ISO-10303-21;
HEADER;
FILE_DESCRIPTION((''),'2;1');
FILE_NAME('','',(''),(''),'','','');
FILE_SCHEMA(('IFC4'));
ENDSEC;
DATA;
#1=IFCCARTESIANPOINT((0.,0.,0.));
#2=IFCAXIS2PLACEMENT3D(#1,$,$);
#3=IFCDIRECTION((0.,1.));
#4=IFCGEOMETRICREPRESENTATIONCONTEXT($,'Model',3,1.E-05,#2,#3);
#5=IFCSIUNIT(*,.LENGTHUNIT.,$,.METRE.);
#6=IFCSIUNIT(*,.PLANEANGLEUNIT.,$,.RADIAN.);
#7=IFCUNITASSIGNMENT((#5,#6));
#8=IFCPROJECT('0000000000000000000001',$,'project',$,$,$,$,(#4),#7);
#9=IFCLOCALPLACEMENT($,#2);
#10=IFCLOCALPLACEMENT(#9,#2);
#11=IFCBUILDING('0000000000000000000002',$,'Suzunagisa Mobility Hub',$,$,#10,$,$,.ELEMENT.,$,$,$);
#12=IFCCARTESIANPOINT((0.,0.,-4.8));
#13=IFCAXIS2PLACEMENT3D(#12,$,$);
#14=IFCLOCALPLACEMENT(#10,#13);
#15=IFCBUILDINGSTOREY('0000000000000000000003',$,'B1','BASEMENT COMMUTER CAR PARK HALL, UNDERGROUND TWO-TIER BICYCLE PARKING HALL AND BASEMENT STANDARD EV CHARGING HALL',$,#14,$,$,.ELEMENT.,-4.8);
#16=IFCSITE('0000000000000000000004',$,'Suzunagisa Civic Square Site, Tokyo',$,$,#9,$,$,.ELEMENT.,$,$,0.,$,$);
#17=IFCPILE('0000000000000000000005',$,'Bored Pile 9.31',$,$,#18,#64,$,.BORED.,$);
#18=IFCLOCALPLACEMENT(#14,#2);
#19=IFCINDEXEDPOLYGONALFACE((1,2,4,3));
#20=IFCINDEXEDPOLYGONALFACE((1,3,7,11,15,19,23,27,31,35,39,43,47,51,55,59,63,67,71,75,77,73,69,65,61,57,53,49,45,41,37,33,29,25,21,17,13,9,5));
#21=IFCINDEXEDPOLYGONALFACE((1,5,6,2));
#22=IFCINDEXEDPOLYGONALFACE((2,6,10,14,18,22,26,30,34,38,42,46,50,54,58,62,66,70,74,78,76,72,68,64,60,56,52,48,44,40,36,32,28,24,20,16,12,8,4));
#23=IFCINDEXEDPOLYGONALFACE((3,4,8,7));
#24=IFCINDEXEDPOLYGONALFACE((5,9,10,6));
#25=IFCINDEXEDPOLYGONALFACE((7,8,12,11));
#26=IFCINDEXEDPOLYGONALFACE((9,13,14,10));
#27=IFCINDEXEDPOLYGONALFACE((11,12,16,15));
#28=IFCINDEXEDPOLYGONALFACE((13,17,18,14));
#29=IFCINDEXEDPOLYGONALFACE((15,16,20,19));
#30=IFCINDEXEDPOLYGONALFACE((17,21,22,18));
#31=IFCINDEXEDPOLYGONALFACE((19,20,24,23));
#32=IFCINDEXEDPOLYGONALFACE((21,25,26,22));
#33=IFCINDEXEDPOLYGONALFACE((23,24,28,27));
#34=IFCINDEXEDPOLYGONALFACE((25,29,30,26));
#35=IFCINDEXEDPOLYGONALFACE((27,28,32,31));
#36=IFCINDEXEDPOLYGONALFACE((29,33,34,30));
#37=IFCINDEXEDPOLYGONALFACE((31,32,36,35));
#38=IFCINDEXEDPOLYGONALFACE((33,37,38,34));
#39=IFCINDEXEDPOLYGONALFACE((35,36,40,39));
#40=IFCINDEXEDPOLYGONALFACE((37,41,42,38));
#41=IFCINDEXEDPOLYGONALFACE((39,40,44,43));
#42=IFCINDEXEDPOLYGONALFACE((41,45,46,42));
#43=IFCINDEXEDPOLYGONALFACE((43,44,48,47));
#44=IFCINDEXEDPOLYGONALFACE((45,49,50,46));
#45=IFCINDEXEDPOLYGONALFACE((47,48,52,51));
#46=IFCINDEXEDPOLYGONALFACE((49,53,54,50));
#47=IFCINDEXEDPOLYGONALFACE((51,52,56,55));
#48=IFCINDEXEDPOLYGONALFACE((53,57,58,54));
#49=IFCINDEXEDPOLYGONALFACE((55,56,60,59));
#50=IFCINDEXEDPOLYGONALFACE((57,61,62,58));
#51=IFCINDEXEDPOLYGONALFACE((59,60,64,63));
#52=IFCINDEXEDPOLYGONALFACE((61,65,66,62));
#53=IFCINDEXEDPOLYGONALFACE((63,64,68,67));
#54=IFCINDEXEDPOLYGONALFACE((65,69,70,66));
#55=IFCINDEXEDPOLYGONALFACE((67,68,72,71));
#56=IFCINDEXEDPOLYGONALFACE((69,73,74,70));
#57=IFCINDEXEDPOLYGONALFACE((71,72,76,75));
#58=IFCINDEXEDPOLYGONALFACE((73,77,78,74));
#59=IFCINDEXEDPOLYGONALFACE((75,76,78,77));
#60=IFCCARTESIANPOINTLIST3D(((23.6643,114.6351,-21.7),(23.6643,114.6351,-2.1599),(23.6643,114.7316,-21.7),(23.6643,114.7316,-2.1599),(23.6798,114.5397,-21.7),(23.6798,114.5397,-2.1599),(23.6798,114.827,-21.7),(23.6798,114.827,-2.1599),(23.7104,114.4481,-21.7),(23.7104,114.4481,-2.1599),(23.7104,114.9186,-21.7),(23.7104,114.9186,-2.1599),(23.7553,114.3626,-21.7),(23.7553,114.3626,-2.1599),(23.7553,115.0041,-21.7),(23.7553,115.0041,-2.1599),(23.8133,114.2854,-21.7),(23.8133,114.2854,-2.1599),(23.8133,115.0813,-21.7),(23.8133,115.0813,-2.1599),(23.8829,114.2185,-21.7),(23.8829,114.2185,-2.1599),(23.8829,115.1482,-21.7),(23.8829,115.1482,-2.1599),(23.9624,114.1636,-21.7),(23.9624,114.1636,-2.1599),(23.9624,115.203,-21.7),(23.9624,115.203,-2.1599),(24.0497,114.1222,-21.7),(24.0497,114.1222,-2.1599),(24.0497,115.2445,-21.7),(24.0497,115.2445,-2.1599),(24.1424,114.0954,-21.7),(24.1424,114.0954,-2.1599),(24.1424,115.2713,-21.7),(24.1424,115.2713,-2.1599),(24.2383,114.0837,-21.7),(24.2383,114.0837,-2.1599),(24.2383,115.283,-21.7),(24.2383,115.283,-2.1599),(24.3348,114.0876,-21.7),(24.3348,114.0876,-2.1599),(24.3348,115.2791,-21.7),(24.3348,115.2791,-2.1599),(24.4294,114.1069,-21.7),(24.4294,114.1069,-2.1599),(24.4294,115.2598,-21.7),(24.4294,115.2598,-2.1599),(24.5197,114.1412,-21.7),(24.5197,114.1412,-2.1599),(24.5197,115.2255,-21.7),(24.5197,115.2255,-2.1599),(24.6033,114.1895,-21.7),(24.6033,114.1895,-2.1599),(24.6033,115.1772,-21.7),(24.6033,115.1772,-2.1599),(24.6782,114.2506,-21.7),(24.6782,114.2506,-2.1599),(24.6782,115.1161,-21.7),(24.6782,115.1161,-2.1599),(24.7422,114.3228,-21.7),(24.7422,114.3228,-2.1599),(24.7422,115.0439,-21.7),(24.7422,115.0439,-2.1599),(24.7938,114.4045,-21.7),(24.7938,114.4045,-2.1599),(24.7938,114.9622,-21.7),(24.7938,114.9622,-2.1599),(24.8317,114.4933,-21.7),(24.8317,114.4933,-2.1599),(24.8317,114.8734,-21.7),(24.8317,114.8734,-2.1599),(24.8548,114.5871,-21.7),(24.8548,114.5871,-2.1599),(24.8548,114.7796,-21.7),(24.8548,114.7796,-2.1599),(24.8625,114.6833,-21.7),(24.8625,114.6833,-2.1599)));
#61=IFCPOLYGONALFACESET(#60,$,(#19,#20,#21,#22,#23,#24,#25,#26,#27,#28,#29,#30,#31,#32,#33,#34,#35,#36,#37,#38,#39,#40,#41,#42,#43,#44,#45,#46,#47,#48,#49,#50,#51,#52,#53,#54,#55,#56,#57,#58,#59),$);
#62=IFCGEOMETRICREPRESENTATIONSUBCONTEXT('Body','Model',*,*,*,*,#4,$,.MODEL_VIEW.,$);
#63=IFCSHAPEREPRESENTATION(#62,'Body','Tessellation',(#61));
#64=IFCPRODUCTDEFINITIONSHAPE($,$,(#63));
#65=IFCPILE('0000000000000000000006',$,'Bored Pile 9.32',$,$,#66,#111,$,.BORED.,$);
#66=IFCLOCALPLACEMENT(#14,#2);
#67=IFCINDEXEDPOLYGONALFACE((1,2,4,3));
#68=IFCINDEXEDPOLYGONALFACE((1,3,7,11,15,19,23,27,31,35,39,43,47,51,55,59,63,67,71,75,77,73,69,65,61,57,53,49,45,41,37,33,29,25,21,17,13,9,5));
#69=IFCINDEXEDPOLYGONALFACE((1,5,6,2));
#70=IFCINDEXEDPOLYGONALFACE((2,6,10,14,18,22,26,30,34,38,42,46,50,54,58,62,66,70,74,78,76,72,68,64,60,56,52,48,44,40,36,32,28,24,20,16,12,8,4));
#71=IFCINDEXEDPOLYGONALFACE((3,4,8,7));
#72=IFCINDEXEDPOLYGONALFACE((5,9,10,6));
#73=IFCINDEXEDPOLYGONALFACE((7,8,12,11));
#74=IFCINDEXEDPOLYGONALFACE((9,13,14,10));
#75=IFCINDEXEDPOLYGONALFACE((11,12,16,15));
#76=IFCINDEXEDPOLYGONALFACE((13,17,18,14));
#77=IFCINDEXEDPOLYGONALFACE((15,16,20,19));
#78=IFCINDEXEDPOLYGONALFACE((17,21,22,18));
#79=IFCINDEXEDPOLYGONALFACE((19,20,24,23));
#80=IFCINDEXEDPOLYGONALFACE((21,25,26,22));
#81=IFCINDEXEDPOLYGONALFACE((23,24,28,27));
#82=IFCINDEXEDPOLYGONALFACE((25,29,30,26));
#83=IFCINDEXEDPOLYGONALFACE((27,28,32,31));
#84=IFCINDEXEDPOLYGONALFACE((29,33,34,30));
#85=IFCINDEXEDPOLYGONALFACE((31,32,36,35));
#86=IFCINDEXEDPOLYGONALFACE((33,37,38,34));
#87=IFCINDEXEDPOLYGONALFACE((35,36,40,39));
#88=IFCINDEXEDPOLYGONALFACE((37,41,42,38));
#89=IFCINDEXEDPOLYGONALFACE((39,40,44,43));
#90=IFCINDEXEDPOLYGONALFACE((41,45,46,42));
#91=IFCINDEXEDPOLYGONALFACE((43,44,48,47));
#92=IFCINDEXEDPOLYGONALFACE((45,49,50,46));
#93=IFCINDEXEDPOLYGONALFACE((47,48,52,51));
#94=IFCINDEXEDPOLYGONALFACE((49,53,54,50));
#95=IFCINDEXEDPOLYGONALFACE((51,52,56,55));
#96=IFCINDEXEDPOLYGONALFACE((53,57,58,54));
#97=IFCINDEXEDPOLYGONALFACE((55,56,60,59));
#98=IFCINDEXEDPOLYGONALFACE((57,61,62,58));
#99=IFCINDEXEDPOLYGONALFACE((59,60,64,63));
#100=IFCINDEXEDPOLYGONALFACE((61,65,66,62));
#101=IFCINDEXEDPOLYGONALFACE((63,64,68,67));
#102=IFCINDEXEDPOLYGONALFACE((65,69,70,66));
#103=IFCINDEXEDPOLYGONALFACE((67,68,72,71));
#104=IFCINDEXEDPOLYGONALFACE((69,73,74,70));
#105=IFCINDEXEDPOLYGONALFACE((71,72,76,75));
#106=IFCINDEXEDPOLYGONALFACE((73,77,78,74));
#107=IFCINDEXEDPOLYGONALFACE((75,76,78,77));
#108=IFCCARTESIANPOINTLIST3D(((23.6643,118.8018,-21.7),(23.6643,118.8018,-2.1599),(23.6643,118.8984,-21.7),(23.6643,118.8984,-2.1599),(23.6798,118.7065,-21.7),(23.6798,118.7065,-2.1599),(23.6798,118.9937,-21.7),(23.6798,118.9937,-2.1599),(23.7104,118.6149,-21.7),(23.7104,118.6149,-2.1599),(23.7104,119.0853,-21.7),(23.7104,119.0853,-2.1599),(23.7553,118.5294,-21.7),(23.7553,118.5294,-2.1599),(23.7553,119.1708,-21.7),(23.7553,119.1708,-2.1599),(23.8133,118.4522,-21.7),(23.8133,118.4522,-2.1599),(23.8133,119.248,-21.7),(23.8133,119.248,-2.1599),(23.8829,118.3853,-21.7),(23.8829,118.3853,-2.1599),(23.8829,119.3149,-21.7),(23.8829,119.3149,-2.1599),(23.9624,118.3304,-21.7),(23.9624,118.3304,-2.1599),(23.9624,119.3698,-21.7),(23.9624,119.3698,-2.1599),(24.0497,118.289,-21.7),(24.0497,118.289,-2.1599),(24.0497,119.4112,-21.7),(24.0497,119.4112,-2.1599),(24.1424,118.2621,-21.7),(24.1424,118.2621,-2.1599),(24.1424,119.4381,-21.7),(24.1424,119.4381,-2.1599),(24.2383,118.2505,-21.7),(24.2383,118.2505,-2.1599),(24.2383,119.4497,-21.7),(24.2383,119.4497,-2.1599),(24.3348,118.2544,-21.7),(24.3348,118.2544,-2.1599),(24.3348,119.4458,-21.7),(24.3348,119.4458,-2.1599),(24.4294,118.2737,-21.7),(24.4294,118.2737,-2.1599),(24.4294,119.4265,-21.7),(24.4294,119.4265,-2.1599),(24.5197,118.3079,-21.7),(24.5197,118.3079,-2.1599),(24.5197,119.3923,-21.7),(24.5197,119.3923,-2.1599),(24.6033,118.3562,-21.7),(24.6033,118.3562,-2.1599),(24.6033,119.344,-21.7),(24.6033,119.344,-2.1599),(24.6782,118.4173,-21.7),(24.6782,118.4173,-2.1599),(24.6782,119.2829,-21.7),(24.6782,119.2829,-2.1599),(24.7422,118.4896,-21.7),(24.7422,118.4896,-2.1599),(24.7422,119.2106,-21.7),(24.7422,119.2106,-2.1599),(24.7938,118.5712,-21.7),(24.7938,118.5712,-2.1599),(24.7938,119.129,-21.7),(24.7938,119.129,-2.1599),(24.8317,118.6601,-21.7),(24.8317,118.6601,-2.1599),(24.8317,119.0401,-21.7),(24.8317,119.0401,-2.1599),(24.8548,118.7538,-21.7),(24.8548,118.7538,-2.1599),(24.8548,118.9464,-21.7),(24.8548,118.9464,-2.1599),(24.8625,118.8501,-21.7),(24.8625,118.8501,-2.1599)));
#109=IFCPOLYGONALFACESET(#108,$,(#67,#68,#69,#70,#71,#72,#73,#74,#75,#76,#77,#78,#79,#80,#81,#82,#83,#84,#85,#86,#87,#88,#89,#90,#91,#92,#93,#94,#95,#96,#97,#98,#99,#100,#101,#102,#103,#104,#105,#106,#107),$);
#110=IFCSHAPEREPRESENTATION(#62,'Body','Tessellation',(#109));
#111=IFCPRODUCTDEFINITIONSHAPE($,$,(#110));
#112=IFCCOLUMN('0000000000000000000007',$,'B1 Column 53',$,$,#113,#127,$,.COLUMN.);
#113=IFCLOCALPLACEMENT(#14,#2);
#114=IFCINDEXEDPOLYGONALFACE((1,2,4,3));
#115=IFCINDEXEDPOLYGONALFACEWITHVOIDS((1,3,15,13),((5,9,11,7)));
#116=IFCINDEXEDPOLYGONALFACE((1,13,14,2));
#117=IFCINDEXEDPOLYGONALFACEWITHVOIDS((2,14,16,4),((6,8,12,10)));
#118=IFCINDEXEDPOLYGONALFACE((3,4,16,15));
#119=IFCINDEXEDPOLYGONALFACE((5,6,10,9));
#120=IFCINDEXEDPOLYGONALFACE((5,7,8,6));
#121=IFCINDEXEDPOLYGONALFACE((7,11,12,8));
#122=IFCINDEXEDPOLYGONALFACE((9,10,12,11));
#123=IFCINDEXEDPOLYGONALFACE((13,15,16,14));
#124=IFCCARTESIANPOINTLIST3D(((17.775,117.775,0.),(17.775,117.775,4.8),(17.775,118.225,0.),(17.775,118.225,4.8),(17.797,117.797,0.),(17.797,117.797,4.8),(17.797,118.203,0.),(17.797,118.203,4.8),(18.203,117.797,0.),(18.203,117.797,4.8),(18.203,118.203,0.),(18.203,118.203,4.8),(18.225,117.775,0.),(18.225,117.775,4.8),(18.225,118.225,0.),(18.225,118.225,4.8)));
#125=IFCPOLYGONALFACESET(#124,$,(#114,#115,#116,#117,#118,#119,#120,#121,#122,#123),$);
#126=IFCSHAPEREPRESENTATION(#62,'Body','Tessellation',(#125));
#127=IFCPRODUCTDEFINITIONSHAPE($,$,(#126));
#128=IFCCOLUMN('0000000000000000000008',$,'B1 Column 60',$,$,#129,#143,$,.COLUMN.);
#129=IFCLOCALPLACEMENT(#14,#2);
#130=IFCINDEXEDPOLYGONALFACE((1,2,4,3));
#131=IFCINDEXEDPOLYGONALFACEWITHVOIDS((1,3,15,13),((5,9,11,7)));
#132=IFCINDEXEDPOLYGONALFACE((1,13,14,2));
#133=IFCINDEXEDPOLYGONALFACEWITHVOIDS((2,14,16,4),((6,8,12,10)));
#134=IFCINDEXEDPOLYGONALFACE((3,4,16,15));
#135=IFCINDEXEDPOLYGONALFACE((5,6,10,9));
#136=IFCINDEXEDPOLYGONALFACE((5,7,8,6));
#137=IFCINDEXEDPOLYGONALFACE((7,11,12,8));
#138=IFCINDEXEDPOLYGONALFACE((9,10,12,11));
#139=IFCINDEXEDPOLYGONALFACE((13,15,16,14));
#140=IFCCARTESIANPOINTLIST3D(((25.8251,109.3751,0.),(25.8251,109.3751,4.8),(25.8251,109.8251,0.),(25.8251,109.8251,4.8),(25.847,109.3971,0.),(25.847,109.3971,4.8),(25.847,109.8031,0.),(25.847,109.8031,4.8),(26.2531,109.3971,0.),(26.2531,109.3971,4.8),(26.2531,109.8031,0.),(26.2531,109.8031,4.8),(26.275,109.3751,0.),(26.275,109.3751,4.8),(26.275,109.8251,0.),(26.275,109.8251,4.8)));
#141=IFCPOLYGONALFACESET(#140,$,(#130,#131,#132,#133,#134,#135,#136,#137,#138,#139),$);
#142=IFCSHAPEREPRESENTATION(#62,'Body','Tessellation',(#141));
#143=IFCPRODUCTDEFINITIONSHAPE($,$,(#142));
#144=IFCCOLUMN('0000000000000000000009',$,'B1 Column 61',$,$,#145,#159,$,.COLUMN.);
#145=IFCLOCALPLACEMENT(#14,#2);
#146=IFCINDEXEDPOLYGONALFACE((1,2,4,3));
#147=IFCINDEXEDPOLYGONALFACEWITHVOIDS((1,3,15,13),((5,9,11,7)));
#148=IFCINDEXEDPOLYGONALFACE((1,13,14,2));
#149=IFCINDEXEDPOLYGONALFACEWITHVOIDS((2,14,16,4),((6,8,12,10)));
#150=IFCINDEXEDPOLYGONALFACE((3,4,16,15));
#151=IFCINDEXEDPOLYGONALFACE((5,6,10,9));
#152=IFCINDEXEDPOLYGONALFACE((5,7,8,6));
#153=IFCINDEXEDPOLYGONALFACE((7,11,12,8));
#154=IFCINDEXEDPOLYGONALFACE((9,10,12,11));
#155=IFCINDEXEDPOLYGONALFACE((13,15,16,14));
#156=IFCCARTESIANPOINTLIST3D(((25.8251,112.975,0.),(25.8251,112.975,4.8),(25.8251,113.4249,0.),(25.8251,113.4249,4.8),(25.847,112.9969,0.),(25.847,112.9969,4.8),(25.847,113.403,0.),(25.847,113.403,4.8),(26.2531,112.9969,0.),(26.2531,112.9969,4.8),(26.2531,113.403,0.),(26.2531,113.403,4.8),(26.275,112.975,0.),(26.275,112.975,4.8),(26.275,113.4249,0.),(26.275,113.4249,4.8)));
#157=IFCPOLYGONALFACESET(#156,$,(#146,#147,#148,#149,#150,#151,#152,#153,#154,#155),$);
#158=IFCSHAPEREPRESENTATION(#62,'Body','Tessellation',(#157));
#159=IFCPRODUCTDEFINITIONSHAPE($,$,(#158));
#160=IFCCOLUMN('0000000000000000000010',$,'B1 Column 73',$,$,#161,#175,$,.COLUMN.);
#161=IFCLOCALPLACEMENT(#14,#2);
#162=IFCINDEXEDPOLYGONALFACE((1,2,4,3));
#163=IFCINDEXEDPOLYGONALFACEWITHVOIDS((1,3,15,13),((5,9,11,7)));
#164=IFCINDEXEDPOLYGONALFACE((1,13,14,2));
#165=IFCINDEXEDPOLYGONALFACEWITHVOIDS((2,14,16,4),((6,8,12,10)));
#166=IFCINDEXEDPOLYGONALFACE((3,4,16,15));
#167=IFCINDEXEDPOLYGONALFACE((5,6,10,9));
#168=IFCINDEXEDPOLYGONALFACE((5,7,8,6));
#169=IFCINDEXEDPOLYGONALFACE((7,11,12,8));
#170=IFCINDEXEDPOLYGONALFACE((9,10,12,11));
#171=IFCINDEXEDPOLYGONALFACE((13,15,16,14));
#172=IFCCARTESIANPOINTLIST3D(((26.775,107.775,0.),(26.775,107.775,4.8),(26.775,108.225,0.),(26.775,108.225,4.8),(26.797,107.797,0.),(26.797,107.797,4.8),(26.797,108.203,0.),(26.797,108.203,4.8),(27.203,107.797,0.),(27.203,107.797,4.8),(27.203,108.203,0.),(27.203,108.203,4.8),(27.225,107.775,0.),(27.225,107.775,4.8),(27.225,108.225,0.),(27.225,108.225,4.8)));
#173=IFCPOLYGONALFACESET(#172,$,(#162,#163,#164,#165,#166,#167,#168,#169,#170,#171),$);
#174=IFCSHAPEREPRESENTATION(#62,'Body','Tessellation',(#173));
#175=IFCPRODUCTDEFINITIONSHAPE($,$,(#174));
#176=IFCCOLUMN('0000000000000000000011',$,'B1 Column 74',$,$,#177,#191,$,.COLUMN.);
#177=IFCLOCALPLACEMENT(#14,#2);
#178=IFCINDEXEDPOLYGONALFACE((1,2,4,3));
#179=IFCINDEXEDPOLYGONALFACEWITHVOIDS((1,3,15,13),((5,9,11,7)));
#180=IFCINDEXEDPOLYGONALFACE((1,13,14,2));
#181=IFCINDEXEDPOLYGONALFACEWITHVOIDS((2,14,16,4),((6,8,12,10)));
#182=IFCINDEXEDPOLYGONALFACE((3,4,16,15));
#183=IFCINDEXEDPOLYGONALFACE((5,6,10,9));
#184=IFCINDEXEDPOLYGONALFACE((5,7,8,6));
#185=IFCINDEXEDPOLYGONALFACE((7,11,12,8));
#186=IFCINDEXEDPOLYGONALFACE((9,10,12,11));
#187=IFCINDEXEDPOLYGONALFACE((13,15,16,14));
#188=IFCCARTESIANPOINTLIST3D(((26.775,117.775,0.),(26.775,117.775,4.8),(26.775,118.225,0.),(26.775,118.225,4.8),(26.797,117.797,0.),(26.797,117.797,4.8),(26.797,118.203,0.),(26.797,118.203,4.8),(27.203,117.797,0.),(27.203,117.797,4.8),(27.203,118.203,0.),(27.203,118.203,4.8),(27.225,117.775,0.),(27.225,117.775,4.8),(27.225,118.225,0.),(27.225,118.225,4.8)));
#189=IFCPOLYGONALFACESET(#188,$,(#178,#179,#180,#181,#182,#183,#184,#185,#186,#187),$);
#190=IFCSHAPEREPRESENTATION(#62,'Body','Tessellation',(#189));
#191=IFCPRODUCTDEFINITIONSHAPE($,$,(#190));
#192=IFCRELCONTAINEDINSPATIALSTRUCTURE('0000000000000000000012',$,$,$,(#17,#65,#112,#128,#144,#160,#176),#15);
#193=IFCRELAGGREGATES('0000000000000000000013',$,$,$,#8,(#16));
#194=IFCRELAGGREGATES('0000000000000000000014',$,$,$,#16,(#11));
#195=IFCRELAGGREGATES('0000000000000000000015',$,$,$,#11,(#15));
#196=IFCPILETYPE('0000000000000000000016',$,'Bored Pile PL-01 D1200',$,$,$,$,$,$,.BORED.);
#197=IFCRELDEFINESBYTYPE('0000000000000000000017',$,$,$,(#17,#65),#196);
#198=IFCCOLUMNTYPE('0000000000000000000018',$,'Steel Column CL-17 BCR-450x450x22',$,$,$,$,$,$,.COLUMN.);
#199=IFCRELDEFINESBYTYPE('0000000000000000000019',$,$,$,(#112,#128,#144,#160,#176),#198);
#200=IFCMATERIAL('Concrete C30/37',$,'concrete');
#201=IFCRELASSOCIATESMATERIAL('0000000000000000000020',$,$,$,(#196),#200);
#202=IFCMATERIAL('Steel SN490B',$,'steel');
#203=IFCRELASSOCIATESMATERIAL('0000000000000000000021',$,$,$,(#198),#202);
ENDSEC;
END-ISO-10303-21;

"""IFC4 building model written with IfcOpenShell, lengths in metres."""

from ifc_helpers import new_model, si_unit, direction, frame, origin, origin_2d, place, context, subcontext, project, spatial, hollow_rectangle, circle, extrude, material, material_profile, profile_set, type_object, element, save


model = new_model("IFC4")

# Units and contexts
model_context = context("Model", 3, precision=1e-05, world=origin(), true_north=direction((0.0, 1.0)))
body_context = subcontext(model_context, "Body", "Model", "MODEL_VIEW")
ifc_project = project(units=[si_unit("LENGTHUNIT", "METRE"), si_unit("PLANEANGLEUNIT", "RADIAN")], contexts=[model_context])

# Site, building, storey
site_placement = place(None, origin())
site = spatial("IfcSite", under=ifc_project, at=site_placement, Name="Suzunagisa Civic Square Site, Tokyo", CompositionType="ELEMENT", RefElevation=0.0)
building_placement = place(site_placement, origin())
building = spatial("IfcBuilding", under=site, at=building_placement, Name="Suzunagisa Mobility Hub", CompositionType="ELEMENT")
storey_placement = place(building_placement, frame((0.0, 0.0, -4.8)))
storey = spatial("IfcBuildingStorey", under=building, at=storey_placement, Name="B1", Description="BASEMENT COMMUTER CAR PARK HALL, UNDERGROUND TWO-TIER BICYCLE PARKING HALL AND BASEMENT STANDARD EV CHARGING HALL", CompositionType="ELEMENT", Elevation=-4.8)

# Piles
ifc_material_1 = material(Name="Concrete C30/37", Category="concrete")
ifc_material_profile_1 = material_profile(ifc_material_1, circle(Radius=0.6001, at=origin_2d()), Name="BORED PILE D1200")
ifc_profile_set_1 = profile_set([ifc_material_profile_1], Name="Concrete C30/37")
pile_type = type_object("IfcPileType", Name="Bored Pile PL-01 D1200", PredefinedType="BORED", material=ifc_profile_set_1)
for number, where, z_axis, x_axis, name in (
    (1, (24.2625, 114.6833, -2.1599), (0.0, 0.0, -1.0), (1.0, 0.0, 0.0), "Bored Pile 9.31"),
    (2, (24.2625, 118.8501, -2.1599), (0.0, 0.0, -1.0), (1.0, 0.0, 0.0), "Bored Pile 9.32"),
):
    element("IfcPile", number, at=place(storey_placement, frame(where, z_axis=z_axis, x_axis=x_axis)), inside=storey, type_object=pile_type, Name=name, PredefinedType="BORED", context=body_context, shape_type="SweptSolid", body=[
        extrude(circle(Radius=0.6001, at=origin_2d()), origin(), (0.0, 0.0, 1.0), 19.54),
    ])

# Columns
ifc_material_2 = material(Name="Steel SN490B", Category="steel")
ifc_material_profile_2 = material_profile(ifc_material_2, hollow_rectangle(XDim=0.45, YDim=0.45, WallThickness=0.022, at=origin_2d()), Name="BCR-450x450x22")
ifc_profile_set_2 = profile_set([ifc_material_profile_2], Name="Steel SN490B")
column_type = type_object("IfcColumnType", Name="Steel Column CL-17 BCR-450x450x22", PredefinedType="COLUMN", material=ifc_profile_set_2)
for number, where, z_axis, x_axis, name in (
    (3, (18.0, 118.0, 0.0), (0.0, 0.0, 1.0), (1.0, 0.0, 0.0), "B1 Column 53"),
    (4, (26.05, 109.6001, 0.0), (0.0, 0.0, 1.0), (1.0, 0.0, 0.0), "B1 Column 60"),
    (5, (26.05, 113.2, 0.0), (0.0, 0.0, 1.0), (1.0, 0.0, 0.0), "B1 Column 61"),
    (6, (27.0, 108.0, 0.0), (0.0, 0.0, 1.0), (1.0, 0.0, 0.0), "B1 Column 73"),
    (7, (27.0, 118.0, 0.0), (0.0, 0.0, 1.0), (1.0, 0.0, 0.0), "B1 Column 74"),
):
    element("IfcColumn", number, at=place(storey_placement, frame(where, z_axis=z_axis, x_axis=x_axis)), inside=storey, type_object=column_type, Name=name, PredefinedType="COLUMN", context=body_context, shape_type="SweptSolid", body=[
        extrude(hollow_rectangle(XDim=0.45, YDim=0.45, WallThickness=0.022, at=origin_2d()), origin(), (0.0, 0.0, 1.0), 4.8),
    ])

save(model, "model.ifc")
